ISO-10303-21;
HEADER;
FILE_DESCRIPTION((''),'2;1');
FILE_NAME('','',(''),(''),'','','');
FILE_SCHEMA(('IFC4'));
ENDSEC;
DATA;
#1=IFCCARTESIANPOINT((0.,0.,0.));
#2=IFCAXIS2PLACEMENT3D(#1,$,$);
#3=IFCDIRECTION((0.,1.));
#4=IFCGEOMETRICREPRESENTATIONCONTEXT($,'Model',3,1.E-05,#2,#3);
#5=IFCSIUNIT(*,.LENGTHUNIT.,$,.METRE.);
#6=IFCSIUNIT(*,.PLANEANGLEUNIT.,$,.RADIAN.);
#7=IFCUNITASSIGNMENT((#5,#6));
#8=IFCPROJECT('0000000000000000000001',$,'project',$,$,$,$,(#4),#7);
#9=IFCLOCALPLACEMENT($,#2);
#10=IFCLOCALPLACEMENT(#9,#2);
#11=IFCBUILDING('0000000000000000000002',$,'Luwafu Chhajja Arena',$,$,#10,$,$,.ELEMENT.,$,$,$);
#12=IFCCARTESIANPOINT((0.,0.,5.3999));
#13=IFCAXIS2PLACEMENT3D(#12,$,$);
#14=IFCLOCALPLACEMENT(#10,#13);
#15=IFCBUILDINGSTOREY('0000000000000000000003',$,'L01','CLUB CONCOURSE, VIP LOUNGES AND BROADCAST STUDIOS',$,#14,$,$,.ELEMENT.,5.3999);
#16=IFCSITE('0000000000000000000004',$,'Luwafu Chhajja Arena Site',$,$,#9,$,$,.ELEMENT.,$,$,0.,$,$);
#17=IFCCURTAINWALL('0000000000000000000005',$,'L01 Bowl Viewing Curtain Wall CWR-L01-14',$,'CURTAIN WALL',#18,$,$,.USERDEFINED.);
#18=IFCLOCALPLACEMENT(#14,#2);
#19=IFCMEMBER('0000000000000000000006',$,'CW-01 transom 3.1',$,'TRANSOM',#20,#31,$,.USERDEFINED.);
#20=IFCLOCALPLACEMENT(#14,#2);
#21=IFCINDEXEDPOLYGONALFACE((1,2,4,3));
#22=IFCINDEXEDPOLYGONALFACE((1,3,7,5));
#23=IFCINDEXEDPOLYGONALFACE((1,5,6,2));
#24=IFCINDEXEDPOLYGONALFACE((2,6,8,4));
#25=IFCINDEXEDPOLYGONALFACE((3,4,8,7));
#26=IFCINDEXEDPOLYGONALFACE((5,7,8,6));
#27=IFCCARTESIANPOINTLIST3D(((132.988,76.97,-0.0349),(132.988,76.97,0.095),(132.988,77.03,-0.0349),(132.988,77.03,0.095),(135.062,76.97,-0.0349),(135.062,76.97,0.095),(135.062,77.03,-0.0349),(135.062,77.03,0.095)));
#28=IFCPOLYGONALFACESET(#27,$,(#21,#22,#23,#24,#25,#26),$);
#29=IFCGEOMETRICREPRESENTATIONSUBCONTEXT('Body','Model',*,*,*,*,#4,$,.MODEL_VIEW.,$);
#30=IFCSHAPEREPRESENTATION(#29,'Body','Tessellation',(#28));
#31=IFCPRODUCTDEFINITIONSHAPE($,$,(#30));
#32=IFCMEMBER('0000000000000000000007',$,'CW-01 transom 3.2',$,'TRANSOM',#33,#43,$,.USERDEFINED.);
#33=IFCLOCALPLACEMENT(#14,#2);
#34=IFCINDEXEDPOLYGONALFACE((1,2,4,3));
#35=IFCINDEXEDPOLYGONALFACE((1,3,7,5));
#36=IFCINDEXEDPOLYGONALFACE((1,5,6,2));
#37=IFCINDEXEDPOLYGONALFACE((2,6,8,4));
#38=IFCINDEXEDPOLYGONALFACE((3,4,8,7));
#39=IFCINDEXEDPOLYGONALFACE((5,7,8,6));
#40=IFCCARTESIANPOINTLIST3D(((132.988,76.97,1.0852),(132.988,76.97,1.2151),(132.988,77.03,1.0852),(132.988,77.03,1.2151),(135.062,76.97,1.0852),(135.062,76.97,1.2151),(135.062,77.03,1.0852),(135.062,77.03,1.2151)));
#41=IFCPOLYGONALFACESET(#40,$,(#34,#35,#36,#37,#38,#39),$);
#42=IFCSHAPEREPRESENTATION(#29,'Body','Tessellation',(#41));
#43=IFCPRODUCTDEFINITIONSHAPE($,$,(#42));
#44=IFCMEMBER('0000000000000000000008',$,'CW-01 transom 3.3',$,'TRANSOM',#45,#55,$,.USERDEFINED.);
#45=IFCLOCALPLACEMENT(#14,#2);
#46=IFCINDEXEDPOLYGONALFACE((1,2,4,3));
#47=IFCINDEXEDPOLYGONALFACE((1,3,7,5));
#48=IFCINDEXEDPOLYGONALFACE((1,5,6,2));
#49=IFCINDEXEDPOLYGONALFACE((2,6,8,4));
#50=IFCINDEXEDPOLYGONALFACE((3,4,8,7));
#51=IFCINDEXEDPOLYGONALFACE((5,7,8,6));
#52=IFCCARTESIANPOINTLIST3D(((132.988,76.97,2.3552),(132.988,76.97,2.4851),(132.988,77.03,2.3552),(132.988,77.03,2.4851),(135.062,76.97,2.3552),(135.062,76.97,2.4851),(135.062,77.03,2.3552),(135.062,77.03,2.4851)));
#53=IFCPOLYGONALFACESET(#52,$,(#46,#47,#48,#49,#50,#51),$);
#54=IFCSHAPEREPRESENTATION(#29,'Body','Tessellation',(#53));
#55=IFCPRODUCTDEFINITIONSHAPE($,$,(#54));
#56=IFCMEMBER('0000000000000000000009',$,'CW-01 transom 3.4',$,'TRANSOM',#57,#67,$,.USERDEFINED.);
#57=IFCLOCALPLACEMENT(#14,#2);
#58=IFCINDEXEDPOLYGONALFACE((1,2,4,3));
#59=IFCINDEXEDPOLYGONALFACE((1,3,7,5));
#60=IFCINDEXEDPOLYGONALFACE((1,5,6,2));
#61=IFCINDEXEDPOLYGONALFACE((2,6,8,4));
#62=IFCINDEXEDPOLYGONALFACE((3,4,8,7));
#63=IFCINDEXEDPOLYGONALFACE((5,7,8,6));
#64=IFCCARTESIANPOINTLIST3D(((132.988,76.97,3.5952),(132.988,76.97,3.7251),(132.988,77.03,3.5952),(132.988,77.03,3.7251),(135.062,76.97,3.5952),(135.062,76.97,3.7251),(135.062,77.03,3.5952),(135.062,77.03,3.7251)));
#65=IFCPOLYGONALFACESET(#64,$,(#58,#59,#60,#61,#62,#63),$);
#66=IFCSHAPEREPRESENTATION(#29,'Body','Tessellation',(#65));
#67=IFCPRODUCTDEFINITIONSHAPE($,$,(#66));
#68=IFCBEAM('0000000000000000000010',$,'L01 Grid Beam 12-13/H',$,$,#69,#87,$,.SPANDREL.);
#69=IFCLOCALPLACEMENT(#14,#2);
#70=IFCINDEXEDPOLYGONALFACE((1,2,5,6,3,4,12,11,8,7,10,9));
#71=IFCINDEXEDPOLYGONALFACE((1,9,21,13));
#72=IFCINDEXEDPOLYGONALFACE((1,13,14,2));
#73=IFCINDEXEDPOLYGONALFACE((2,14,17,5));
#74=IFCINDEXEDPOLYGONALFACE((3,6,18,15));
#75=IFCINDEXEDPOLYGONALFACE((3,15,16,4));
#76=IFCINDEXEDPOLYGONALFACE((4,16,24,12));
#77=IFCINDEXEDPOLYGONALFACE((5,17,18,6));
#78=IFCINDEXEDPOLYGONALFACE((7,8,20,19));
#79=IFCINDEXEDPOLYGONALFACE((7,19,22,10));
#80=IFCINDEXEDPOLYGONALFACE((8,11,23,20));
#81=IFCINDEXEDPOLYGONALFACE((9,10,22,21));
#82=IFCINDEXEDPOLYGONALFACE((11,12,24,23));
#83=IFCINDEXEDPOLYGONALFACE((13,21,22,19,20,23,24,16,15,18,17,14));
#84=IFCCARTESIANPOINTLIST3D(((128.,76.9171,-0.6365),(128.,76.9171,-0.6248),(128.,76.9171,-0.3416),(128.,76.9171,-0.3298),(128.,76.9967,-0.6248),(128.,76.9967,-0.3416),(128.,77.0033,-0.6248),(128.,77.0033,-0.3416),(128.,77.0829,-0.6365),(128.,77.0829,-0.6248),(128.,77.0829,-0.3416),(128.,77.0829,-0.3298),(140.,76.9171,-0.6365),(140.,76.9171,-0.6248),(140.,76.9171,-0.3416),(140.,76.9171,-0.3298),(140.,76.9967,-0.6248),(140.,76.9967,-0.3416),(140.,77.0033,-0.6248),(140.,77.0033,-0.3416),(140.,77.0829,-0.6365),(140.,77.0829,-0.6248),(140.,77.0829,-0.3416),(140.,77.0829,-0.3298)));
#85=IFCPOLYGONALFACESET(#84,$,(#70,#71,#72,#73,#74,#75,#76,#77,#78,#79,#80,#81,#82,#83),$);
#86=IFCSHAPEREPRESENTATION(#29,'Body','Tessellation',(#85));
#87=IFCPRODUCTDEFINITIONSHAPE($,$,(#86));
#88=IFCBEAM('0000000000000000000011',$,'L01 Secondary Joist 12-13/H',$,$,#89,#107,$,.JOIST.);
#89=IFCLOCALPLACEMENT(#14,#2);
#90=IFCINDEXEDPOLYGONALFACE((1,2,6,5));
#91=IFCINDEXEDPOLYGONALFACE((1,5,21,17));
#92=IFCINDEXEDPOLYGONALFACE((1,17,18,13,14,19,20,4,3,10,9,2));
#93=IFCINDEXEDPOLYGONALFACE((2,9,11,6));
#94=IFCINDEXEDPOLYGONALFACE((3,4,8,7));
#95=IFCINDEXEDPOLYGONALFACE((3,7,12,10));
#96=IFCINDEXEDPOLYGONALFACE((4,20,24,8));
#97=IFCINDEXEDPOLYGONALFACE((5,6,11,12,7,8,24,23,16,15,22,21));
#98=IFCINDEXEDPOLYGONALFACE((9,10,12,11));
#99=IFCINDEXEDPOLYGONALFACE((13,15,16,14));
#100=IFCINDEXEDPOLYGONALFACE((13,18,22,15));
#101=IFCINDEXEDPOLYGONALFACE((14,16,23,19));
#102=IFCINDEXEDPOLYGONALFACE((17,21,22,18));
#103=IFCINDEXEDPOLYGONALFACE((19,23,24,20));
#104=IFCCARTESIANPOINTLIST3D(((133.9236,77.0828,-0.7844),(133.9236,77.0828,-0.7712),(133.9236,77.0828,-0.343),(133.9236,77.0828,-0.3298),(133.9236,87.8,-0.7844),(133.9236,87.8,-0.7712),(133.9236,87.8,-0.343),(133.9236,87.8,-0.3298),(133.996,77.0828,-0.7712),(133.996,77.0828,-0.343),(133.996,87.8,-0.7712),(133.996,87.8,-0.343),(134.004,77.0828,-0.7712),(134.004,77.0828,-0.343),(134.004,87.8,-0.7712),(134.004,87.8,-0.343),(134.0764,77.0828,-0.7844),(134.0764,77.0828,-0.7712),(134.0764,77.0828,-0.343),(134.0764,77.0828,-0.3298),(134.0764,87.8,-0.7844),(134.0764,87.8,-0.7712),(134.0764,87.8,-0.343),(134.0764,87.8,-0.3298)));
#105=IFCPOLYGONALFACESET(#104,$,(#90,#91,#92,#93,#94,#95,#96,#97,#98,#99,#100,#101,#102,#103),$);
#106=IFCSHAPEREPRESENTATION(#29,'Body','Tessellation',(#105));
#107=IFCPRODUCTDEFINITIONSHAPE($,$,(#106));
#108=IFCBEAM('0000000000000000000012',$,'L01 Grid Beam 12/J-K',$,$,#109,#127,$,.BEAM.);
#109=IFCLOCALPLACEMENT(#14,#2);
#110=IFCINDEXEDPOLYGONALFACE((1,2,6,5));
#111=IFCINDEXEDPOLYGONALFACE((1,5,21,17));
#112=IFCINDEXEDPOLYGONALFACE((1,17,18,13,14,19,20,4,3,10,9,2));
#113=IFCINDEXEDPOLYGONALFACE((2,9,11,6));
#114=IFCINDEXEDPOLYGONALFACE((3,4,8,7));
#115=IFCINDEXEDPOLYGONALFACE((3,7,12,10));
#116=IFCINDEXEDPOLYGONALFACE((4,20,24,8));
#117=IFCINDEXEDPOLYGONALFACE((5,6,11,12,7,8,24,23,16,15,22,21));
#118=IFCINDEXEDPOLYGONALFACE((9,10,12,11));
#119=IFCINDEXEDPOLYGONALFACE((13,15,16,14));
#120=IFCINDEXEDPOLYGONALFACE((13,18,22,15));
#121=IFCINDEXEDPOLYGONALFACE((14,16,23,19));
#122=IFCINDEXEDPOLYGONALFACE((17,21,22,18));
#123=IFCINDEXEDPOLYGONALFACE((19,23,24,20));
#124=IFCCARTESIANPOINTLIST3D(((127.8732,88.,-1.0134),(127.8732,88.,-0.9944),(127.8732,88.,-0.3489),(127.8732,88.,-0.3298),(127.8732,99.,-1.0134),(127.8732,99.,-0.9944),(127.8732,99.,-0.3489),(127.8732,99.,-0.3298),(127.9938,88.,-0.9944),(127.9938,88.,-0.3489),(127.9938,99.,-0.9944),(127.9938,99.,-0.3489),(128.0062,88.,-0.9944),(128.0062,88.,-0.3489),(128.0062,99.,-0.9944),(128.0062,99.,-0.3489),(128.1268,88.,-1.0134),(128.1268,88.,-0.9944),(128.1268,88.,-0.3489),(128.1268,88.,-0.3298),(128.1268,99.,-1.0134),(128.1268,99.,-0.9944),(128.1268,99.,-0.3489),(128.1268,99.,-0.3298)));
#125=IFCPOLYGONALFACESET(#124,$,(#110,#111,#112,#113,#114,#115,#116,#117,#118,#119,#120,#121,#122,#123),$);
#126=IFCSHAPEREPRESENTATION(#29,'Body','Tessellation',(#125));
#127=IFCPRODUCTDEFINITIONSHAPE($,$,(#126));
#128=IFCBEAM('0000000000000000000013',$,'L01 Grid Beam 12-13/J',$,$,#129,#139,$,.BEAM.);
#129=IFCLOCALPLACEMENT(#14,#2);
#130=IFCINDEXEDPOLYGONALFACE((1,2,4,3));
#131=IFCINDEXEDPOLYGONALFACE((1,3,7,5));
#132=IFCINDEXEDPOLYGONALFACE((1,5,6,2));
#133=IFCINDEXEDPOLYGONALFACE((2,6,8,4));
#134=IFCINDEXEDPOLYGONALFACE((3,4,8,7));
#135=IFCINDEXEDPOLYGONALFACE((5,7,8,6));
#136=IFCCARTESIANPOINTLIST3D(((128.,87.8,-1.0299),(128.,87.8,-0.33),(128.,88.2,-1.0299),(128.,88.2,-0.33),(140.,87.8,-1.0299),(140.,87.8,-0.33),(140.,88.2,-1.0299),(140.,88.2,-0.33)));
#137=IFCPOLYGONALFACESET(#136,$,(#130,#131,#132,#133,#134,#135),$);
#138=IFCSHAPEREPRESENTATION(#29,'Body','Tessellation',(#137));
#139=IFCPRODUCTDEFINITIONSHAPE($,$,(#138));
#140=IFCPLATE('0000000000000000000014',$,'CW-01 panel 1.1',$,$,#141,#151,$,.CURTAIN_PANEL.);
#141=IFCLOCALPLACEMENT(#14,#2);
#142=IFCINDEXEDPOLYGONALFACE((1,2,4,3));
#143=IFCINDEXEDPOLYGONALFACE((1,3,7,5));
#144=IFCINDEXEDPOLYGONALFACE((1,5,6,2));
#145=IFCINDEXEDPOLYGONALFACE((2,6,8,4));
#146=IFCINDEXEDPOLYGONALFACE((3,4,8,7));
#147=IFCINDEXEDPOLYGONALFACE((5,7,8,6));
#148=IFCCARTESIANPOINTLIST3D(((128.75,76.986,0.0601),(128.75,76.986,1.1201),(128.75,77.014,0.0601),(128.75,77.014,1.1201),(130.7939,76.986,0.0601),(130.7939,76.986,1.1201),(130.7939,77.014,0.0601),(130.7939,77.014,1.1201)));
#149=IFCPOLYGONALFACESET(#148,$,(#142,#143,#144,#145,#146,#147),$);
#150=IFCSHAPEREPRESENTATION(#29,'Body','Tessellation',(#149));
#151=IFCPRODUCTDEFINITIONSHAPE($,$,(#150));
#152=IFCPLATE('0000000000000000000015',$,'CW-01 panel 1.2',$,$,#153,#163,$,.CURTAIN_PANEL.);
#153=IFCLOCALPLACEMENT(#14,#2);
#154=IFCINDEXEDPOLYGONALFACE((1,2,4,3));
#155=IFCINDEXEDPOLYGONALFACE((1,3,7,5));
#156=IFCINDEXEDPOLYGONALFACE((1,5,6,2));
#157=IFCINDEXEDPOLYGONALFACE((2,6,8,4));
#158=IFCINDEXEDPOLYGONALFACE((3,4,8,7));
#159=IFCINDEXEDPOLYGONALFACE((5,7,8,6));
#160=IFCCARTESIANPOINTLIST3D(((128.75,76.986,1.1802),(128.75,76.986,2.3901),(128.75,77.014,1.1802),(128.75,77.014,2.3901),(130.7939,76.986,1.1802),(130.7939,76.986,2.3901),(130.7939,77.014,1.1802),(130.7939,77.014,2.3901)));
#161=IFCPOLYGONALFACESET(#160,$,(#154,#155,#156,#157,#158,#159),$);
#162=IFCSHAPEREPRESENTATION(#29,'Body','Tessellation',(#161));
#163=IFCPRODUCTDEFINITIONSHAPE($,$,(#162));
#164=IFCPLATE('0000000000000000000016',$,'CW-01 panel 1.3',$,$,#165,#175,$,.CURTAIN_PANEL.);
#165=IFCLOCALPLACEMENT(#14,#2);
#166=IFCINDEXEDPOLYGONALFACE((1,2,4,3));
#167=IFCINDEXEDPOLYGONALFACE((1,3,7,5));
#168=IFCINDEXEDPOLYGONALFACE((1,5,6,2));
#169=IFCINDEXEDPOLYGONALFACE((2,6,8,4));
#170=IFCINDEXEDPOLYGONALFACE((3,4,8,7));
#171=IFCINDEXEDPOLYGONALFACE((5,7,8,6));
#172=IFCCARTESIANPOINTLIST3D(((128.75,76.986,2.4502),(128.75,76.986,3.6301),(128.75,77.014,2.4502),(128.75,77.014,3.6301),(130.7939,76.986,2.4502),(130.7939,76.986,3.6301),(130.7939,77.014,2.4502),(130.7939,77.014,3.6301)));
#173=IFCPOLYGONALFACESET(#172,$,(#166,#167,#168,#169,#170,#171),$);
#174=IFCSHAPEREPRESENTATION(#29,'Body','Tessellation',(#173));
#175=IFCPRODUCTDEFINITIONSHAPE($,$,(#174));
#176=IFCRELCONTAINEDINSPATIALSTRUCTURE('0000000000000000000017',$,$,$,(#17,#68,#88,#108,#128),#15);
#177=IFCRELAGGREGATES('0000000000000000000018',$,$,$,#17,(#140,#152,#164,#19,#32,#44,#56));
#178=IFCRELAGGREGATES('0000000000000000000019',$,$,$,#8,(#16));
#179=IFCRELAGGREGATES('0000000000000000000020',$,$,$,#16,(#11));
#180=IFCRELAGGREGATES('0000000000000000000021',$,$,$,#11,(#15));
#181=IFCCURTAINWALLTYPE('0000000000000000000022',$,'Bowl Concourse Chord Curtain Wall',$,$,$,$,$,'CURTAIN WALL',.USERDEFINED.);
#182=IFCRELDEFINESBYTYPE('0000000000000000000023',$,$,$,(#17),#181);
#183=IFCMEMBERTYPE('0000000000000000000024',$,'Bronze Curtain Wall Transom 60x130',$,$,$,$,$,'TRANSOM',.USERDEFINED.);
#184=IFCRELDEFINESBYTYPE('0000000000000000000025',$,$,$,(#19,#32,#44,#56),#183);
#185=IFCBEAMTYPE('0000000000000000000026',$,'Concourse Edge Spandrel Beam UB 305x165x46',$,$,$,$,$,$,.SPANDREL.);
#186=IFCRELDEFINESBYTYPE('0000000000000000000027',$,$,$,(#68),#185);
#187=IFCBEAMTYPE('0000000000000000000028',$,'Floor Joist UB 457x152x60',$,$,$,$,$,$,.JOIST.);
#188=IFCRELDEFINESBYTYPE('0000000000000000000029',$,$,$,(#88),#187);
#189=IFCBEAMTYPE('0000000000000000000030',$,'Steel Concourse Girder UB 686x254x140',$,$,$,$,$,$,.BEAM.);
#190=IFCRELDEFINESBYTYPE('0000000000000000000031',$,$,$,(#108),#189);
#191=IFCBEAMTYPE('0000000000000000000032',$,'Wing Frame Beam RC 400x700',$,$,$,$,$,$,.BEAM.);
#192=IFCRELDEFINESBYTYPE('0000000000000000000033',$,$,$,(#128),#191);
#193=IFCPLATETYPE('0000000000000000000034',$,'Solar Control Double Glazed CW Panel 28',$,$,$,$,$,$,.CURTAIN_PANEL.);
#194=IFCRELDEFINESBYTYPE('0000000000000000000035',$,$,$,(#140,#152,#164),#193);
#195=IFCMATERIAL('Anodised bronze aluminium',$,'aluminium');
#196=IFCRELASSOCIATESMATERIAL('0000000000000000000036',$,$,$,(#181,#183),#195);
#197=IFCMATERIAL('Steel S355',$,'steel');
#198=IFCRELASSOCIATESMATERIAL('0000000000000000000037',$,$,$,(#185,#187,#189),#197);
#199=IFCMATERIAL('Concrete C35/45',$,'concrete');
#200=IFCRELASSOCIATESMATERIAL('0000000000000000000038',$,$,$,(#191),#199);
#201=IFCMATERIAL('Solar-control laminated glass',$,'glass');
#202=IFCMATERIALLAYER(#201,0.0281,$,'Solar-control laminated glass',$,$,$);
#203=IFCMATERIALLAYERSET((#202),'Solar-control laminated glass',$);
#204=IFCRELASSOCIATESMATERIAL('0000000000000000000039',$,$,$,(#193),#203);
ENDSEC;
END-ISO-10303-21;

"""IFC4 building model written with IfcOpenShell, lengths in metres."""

from ifc_helpers import new_model, si_unit, direction, frame, origin, origin_2d, place, context, subcontext, project, spatial, rectangle, i_section, extrude, material, layer, layer_set, material_profile, profile_set, type_object, element, aggregate, save


model = new_model("IFC4")

# Units and contexts
model_context = context("Model", 3, precision=1e-05, world=origin(), true_north=direction((0.0, 1.0)))
body_context = subcontext(model_context, "Body", "Model", "MODEL_VIEW")
ifc_project = project(units=[si_unit("LENGTHUNIT", "METRE"), si_unit("PLANEANGLEUNIT", "RADIAN")], contexts=[model_context])

# Site, building, storey
site_placement = place(None, origin())
site = spatial("IfcSite", under=ifc_project, at=site_placement, Name="Luwafu Chhajja Arena Site", CompositionType="ELEMENT", RefElevation=0.0)
building_placement = place(site_placement, origin())
building = spatial("IfcBuilding", under=site, at=building_placement, Name="Luwafu Chhajja Arena", CompositionType="ELEMENT")
storey_placement = place(building_placement, frame((0.0, 0.0, 5.3999)))
storey = spatial("IfcBuildingStorey", under=building, at=storey_placement, Name="L01", Description="CLUB CONCOURSE, VIP LOUNGES AND BROADCAST STUDIOS", CompositionType="ELEMENT", Elevation=5.3999)

# Shared definitions
ifc_material_1 = material(Name="Concrete C35/45", Category="concrete")

# Curtain wall, members
ifc_material_2 = material(Name="Anodised bronze aluminium", Category="aluminium")
curtain_wall_type = type_object("IfcCurtainWallType", Name="Bowl Concourse Chord Curtain Wall", ElementType="CURTAIN WALL", PredefinedType="USERDEFINED", material=ifc_material_2)
curtain_wall_placement = place(storey_placement, origin())
curtain_wall = element("IfcCurtainWall", 1, at=curtain_wall_placement, inside=storey, type_object=curtain_wall_type, Name="L01 Bowl Viewing Curtain Wall CWR-L01-14", ObjectType="CURTAIN WALL", PredefinedType="USERDEFINED")
ifc_material_profile_1 = material_profile(ifc_material_2, rectangle(XDim=0.0601, YDim=0.1299, at=origin_2d()), Name="CWT 60x130")
ifc_profile_set_1 = profile_set([ifc_material_profile_1], Name="Anodised bronze aluminium")
member_type_1 = type_object("IfcMemberType", Name="Bronze Curtain Wall Transom 60x130", ElementType="TRANSOM", PredefinedType="USERDEFINED", material=ifc_profile_set_1)
member_1_placement = place(storey_placement, frame((132.988, 77.0, 0.03), z_axis=(1.0, 0.0, 0.0), x_axis=(0.0, 1.0, 0.0)))
member_1 = element("IfcMember", 2, at=member_1_placement, type_object=member_type_1, Name="CW-01 transom 3.1", ObjectType="TRANSOM", PredefinedType="USERDEFINED", context=body_context, shape_type="SweptSolid", body=[
    extrude(rectangle(XDim=0.0601, YDim=0.1299, at=origin_2d()), origin(), (0.0, 0.0, 1.0), 2.074),
])
member_2_placement = place(storey_placement, frame((132.988, 77.0, 1.1501), z_axis=(1.0, 0.0, 0.0), x_axis=(0.0, 1.0, 0.0)))
member_2 = element("IfcMember", 3, at=member_2_placement, type_object=member_type_1, Name="CW-01 transom 3.2", ObjectType="TRANSOM", PredefinedType="USERDEFINED", context=body_context, shape_type="SweptSolid", body=[
    extrude(rectangle(XDim=0.0601, YDim=0.1299, at=origin_2d()), origin(), (0.0, 0.0, 1.0), 2.074),
])
member_3_placement = place(storey_placement, frame((132.988, 77.0, 2.4202), z_axis=(1.0, 0.0, 0.0), x_axis=(0.0, 1.0, 0.0)))
member_3 = element("IfcMember", 4, at=member_3_placement, type_object=member_type_1, Name="CW-01 transom 3.3", ObjectType="TRANSOM", PredefinedType="USERDEFINED", context=body_context, shape_type="SweptSolid", body=[
    extrude(rectangle(XDim=0.0601, YDim=0.1299, at=origin_2d()), origin(), (0.0, 0.0, 1.0), 2.074),
])
member_4_placement = place(storey_placement, frame((132.988, 77.0, 3.6602), z_axis=(1.0, 0.0, 0.0), x_axis=(0.0, 1.0, 0.0)))
member_4 = element("IfcMember", 5, at=member_4_placement, type_object=member_type_1, Name="CW-01 transom 3.4", ObjectType="TRANSOM", PredefinedType="USERDEFINED", context=body_context, shape_type="SweptSolid", body=[
    extrude(rectangle(XDim=0.0601, YDim=0.1299, at=origin_2d()), origin(), (0.0, 0.0, 1.0), 2.074),
])

# Beams
ifc_material_3 = material(Name="Steel S355", Category="steel")
ifc_material_profile_2 = material_profile(ifc_material_3, i_section(OverallWidth=0.1658, OverallDepth=0.3066, WebThickness=0.0066, FlangeThickness=0.0117, at=origin_2d()), Name="UB 305x165x46")
ifc_profile_set_2 = profile_set([ifc_material_profile_2], Name="Steel S355")
beam_type_1 = type_object("IfcBeamType", Name="Concourse Edge Spandrel Beam UB 305x165x46", PredefinedType="SPANDREL", material=ifc_profile_set_2)
beam_1_placement = place(storey_placement, frame((128.0, 77.0, -0.4832), z_axis=(1.0, 0.0, 0.0), x_axis=(0.0, 1.0, 0.0)))
element("IfcBeam", 6, at=beam_1_placement, inside=storey, type_object=beam_type_1, Name="L01 Grid Beam 12-13/H", PredefinedType="SPANDREL", context=body_context, shape_type="SweptSolid", body=[
    extrude(i_section(OverallWidth=0.1658, OverallDepth=0.3066, WebThickness=0.0066, FlangeThickness=0.0117, at=origin_2d()), origin(), (0.0, 0.0, 1.0), 12.0),
])
ifc_material_profile_3 = material_profile(ifc_material_3, i_section(OverallWidth=0.1528, OverallDepth=0.4546, WebThickness=0.0081, FlangeThickness=0.0132, at=origin_2d()), Name="UB 457x152x60")
ifc_profile_set_3 = profile_set([ifc_material_profile_3], Name="Steel S355")
beam_type_2 = type_object("IfcBeamType", Name="Floor Joist UB 457x152x60", PredefinedType="JOIST", material=ifc_profile_set_3)
beam_2_placement = place(storey_placement, frame((134.0, 77.0828, -0.5571), z_axis=(0.0, 1.0, 0.0), x_axis=(-1.0, 0.0, 0.0)))
element("IfcBeam", 7, at=beam_2_placement, inside=storey, type_object=beam_type_2, Name="L01 Secondary Joist 12-13/H", PredefinedType="JOIST", context=body_context, shape_type="SweptSolid", body=[
    extrude(i_section(OverallWidth=0.1528, OverallDepth=0.4546, WebThickness=0.0081, FlangeThickness=0.0132, at=origin_2d()), origin(), (0.0, 0.0, 1.0), 10.7173),
])
ifc_material_profile_4 = material_profile(ifc_material_3, i_section(OverallWidth=0.2537, OverallDepth=0.6836, WebThickness=0.0125, FlangeThickness=0.019, at=origin_2d()), Name="UB 686x254x140")
ifc_profile_set_4 = profile_set([ifc_material_profile_4], Name="Steel S355")
beam_type_3 = type_object("IfcBeamType", Name="Steel Concourse Girder UB 686x254x140", PredefinedType="BEAM", material=ifc_profile_set_4)
beam_3_placement = place(storey_placement, frame((128.0, 88.0, -0.6716), z_axis=(0.0, 1.0, 0.0), x_axis=(-1.0, 0.0, 0.0)))
element("IfcBeam", 8, at=beam_3_placement, inside=storey, type_object=beam_type_3, Name="L01 Grid Beam 12/J-K", PredefinedType="BEAM", context=body_context, shape_type="SweptSolid", body=[
    extrude(i_section(OverallWidth=0.2537, OverallDepth=0.6836, WebThickness=0.0125, FlangeThickness=0.019, at=origin_2d()), origin(), (0.0, 0.0, 1.0), 11.0),
])
ifc_material_profile_5 = material_profile(ifc_material_1, rectangle(XDim=0.3999, YDim=0.7, at=origin_2d()), Name="RC 400x700")
ifc_profile_set_5 = profile_set([ifc_material_profile_5], Name="Concrete C35/45")
beam_type_4 = type_object("IfcBeamType", Name="Wing Frame Beam RC 400x700", PredefinedType="BEAM", material=ifc_profile_set_5)
beam_4_placement = place(storey_placement, frame((128.0, 88.0, -0.6799), z_axis=(1.0, 0.0, 0.0), x_axis=(0.0, 1.0, 0.0)))
element("IfcBeam", 9, at=beam_4_placement, inside=storey, type_object=beam_type_4, Name="L01 Grid Beam 12-13/J", PredefinedType="BEAM", context=body_context, shape_type="SweptSolid", body=[
    extrude(rectangle(XDim=0.3999, YDim=0.7, at=origin_2d()), origin(), (0.0, 0.0, 1.0), 12.0),
])

# Plates
ifc_material_4 = material(Name="Solar-control laminated glass", Category="glass")
ifc_layer = layer(ifc_material_4, 0.0281, Name="Solar-control laminated glass")
ifc_layer_set = layer_set([ifc_layer], Name="Solar-control laminated glass")
plate_type = type_object("IfcPlateType", Name="Solar Control Double Glazed CW Panel 28", PredefinedType="CURTAIN_PANEL", material=ifc_layer_set)
plate_1_placement = place(storey_placement, frame((129.772, 77.0, 0.0601), z_axis=(0.0, 0.0, 1.0), x_axis=(1.0, 0.0, 0.0)))
plate_1 = element("IfcPlate", 10, at=plate_1_placement, type_object=plate_type, Name="CW-01 panel 1.1", PredefinedType="CURTAIN_PANEL", context=body_context, shape_type="SweptSolid", body=[
    extrude(rectangle(XDim=2.0439, YDim=0.0281, at=origin_2d()), origin(), (0.0, 0.0, 1.0), 1.0601),
])
plate_2_placement = place(storey_placement, frame((129.772, 77.0, 1.1802), z_axis=(0.0, 0.0, 1.0), x_axis=(1.0, 0.0, 0.0)))
plate_2 = element("IfcPlate", 11, at=plate_2_placement, type_object=plate_type, Name="CW-01 panel 1.2", PredefinedType="CURTAIN_PANEL", context=body_context, shape_type="SweptSolid", body=[
    extrude(rectangle(XDim=2.0439, YDim=0.0281, at=origin_2d()), origin(), (0.0, 0.0, 1.0), 1.21),
])
plate_3_placement = place(storey_placement, frame((129.772, 77.0, 2.4502), z_axis=(0.0, 0.0, 1.0), x_axis=(1.0, 0.0, 0.0)))
plate_3 = element("IfcPlate", 12, at=plate_3_placement, type_object=plate_type, Name="CW-01 panel 1.3", PredefinedType="CURTAIN_PANEL", context=body_context, shape_type="SweptSolid", body=[
    extrude(rectangle(XDim=2.0439, YDim=0.0281, at=origin_2d()), origin(), (0.0, 0.0, 1.0), 1.1799),
])
aggregate(curtain_wall, [plate_1, plate_2, plate_3, member_1, member_2, member_3, member_4])

save(model, "model.ifc")
